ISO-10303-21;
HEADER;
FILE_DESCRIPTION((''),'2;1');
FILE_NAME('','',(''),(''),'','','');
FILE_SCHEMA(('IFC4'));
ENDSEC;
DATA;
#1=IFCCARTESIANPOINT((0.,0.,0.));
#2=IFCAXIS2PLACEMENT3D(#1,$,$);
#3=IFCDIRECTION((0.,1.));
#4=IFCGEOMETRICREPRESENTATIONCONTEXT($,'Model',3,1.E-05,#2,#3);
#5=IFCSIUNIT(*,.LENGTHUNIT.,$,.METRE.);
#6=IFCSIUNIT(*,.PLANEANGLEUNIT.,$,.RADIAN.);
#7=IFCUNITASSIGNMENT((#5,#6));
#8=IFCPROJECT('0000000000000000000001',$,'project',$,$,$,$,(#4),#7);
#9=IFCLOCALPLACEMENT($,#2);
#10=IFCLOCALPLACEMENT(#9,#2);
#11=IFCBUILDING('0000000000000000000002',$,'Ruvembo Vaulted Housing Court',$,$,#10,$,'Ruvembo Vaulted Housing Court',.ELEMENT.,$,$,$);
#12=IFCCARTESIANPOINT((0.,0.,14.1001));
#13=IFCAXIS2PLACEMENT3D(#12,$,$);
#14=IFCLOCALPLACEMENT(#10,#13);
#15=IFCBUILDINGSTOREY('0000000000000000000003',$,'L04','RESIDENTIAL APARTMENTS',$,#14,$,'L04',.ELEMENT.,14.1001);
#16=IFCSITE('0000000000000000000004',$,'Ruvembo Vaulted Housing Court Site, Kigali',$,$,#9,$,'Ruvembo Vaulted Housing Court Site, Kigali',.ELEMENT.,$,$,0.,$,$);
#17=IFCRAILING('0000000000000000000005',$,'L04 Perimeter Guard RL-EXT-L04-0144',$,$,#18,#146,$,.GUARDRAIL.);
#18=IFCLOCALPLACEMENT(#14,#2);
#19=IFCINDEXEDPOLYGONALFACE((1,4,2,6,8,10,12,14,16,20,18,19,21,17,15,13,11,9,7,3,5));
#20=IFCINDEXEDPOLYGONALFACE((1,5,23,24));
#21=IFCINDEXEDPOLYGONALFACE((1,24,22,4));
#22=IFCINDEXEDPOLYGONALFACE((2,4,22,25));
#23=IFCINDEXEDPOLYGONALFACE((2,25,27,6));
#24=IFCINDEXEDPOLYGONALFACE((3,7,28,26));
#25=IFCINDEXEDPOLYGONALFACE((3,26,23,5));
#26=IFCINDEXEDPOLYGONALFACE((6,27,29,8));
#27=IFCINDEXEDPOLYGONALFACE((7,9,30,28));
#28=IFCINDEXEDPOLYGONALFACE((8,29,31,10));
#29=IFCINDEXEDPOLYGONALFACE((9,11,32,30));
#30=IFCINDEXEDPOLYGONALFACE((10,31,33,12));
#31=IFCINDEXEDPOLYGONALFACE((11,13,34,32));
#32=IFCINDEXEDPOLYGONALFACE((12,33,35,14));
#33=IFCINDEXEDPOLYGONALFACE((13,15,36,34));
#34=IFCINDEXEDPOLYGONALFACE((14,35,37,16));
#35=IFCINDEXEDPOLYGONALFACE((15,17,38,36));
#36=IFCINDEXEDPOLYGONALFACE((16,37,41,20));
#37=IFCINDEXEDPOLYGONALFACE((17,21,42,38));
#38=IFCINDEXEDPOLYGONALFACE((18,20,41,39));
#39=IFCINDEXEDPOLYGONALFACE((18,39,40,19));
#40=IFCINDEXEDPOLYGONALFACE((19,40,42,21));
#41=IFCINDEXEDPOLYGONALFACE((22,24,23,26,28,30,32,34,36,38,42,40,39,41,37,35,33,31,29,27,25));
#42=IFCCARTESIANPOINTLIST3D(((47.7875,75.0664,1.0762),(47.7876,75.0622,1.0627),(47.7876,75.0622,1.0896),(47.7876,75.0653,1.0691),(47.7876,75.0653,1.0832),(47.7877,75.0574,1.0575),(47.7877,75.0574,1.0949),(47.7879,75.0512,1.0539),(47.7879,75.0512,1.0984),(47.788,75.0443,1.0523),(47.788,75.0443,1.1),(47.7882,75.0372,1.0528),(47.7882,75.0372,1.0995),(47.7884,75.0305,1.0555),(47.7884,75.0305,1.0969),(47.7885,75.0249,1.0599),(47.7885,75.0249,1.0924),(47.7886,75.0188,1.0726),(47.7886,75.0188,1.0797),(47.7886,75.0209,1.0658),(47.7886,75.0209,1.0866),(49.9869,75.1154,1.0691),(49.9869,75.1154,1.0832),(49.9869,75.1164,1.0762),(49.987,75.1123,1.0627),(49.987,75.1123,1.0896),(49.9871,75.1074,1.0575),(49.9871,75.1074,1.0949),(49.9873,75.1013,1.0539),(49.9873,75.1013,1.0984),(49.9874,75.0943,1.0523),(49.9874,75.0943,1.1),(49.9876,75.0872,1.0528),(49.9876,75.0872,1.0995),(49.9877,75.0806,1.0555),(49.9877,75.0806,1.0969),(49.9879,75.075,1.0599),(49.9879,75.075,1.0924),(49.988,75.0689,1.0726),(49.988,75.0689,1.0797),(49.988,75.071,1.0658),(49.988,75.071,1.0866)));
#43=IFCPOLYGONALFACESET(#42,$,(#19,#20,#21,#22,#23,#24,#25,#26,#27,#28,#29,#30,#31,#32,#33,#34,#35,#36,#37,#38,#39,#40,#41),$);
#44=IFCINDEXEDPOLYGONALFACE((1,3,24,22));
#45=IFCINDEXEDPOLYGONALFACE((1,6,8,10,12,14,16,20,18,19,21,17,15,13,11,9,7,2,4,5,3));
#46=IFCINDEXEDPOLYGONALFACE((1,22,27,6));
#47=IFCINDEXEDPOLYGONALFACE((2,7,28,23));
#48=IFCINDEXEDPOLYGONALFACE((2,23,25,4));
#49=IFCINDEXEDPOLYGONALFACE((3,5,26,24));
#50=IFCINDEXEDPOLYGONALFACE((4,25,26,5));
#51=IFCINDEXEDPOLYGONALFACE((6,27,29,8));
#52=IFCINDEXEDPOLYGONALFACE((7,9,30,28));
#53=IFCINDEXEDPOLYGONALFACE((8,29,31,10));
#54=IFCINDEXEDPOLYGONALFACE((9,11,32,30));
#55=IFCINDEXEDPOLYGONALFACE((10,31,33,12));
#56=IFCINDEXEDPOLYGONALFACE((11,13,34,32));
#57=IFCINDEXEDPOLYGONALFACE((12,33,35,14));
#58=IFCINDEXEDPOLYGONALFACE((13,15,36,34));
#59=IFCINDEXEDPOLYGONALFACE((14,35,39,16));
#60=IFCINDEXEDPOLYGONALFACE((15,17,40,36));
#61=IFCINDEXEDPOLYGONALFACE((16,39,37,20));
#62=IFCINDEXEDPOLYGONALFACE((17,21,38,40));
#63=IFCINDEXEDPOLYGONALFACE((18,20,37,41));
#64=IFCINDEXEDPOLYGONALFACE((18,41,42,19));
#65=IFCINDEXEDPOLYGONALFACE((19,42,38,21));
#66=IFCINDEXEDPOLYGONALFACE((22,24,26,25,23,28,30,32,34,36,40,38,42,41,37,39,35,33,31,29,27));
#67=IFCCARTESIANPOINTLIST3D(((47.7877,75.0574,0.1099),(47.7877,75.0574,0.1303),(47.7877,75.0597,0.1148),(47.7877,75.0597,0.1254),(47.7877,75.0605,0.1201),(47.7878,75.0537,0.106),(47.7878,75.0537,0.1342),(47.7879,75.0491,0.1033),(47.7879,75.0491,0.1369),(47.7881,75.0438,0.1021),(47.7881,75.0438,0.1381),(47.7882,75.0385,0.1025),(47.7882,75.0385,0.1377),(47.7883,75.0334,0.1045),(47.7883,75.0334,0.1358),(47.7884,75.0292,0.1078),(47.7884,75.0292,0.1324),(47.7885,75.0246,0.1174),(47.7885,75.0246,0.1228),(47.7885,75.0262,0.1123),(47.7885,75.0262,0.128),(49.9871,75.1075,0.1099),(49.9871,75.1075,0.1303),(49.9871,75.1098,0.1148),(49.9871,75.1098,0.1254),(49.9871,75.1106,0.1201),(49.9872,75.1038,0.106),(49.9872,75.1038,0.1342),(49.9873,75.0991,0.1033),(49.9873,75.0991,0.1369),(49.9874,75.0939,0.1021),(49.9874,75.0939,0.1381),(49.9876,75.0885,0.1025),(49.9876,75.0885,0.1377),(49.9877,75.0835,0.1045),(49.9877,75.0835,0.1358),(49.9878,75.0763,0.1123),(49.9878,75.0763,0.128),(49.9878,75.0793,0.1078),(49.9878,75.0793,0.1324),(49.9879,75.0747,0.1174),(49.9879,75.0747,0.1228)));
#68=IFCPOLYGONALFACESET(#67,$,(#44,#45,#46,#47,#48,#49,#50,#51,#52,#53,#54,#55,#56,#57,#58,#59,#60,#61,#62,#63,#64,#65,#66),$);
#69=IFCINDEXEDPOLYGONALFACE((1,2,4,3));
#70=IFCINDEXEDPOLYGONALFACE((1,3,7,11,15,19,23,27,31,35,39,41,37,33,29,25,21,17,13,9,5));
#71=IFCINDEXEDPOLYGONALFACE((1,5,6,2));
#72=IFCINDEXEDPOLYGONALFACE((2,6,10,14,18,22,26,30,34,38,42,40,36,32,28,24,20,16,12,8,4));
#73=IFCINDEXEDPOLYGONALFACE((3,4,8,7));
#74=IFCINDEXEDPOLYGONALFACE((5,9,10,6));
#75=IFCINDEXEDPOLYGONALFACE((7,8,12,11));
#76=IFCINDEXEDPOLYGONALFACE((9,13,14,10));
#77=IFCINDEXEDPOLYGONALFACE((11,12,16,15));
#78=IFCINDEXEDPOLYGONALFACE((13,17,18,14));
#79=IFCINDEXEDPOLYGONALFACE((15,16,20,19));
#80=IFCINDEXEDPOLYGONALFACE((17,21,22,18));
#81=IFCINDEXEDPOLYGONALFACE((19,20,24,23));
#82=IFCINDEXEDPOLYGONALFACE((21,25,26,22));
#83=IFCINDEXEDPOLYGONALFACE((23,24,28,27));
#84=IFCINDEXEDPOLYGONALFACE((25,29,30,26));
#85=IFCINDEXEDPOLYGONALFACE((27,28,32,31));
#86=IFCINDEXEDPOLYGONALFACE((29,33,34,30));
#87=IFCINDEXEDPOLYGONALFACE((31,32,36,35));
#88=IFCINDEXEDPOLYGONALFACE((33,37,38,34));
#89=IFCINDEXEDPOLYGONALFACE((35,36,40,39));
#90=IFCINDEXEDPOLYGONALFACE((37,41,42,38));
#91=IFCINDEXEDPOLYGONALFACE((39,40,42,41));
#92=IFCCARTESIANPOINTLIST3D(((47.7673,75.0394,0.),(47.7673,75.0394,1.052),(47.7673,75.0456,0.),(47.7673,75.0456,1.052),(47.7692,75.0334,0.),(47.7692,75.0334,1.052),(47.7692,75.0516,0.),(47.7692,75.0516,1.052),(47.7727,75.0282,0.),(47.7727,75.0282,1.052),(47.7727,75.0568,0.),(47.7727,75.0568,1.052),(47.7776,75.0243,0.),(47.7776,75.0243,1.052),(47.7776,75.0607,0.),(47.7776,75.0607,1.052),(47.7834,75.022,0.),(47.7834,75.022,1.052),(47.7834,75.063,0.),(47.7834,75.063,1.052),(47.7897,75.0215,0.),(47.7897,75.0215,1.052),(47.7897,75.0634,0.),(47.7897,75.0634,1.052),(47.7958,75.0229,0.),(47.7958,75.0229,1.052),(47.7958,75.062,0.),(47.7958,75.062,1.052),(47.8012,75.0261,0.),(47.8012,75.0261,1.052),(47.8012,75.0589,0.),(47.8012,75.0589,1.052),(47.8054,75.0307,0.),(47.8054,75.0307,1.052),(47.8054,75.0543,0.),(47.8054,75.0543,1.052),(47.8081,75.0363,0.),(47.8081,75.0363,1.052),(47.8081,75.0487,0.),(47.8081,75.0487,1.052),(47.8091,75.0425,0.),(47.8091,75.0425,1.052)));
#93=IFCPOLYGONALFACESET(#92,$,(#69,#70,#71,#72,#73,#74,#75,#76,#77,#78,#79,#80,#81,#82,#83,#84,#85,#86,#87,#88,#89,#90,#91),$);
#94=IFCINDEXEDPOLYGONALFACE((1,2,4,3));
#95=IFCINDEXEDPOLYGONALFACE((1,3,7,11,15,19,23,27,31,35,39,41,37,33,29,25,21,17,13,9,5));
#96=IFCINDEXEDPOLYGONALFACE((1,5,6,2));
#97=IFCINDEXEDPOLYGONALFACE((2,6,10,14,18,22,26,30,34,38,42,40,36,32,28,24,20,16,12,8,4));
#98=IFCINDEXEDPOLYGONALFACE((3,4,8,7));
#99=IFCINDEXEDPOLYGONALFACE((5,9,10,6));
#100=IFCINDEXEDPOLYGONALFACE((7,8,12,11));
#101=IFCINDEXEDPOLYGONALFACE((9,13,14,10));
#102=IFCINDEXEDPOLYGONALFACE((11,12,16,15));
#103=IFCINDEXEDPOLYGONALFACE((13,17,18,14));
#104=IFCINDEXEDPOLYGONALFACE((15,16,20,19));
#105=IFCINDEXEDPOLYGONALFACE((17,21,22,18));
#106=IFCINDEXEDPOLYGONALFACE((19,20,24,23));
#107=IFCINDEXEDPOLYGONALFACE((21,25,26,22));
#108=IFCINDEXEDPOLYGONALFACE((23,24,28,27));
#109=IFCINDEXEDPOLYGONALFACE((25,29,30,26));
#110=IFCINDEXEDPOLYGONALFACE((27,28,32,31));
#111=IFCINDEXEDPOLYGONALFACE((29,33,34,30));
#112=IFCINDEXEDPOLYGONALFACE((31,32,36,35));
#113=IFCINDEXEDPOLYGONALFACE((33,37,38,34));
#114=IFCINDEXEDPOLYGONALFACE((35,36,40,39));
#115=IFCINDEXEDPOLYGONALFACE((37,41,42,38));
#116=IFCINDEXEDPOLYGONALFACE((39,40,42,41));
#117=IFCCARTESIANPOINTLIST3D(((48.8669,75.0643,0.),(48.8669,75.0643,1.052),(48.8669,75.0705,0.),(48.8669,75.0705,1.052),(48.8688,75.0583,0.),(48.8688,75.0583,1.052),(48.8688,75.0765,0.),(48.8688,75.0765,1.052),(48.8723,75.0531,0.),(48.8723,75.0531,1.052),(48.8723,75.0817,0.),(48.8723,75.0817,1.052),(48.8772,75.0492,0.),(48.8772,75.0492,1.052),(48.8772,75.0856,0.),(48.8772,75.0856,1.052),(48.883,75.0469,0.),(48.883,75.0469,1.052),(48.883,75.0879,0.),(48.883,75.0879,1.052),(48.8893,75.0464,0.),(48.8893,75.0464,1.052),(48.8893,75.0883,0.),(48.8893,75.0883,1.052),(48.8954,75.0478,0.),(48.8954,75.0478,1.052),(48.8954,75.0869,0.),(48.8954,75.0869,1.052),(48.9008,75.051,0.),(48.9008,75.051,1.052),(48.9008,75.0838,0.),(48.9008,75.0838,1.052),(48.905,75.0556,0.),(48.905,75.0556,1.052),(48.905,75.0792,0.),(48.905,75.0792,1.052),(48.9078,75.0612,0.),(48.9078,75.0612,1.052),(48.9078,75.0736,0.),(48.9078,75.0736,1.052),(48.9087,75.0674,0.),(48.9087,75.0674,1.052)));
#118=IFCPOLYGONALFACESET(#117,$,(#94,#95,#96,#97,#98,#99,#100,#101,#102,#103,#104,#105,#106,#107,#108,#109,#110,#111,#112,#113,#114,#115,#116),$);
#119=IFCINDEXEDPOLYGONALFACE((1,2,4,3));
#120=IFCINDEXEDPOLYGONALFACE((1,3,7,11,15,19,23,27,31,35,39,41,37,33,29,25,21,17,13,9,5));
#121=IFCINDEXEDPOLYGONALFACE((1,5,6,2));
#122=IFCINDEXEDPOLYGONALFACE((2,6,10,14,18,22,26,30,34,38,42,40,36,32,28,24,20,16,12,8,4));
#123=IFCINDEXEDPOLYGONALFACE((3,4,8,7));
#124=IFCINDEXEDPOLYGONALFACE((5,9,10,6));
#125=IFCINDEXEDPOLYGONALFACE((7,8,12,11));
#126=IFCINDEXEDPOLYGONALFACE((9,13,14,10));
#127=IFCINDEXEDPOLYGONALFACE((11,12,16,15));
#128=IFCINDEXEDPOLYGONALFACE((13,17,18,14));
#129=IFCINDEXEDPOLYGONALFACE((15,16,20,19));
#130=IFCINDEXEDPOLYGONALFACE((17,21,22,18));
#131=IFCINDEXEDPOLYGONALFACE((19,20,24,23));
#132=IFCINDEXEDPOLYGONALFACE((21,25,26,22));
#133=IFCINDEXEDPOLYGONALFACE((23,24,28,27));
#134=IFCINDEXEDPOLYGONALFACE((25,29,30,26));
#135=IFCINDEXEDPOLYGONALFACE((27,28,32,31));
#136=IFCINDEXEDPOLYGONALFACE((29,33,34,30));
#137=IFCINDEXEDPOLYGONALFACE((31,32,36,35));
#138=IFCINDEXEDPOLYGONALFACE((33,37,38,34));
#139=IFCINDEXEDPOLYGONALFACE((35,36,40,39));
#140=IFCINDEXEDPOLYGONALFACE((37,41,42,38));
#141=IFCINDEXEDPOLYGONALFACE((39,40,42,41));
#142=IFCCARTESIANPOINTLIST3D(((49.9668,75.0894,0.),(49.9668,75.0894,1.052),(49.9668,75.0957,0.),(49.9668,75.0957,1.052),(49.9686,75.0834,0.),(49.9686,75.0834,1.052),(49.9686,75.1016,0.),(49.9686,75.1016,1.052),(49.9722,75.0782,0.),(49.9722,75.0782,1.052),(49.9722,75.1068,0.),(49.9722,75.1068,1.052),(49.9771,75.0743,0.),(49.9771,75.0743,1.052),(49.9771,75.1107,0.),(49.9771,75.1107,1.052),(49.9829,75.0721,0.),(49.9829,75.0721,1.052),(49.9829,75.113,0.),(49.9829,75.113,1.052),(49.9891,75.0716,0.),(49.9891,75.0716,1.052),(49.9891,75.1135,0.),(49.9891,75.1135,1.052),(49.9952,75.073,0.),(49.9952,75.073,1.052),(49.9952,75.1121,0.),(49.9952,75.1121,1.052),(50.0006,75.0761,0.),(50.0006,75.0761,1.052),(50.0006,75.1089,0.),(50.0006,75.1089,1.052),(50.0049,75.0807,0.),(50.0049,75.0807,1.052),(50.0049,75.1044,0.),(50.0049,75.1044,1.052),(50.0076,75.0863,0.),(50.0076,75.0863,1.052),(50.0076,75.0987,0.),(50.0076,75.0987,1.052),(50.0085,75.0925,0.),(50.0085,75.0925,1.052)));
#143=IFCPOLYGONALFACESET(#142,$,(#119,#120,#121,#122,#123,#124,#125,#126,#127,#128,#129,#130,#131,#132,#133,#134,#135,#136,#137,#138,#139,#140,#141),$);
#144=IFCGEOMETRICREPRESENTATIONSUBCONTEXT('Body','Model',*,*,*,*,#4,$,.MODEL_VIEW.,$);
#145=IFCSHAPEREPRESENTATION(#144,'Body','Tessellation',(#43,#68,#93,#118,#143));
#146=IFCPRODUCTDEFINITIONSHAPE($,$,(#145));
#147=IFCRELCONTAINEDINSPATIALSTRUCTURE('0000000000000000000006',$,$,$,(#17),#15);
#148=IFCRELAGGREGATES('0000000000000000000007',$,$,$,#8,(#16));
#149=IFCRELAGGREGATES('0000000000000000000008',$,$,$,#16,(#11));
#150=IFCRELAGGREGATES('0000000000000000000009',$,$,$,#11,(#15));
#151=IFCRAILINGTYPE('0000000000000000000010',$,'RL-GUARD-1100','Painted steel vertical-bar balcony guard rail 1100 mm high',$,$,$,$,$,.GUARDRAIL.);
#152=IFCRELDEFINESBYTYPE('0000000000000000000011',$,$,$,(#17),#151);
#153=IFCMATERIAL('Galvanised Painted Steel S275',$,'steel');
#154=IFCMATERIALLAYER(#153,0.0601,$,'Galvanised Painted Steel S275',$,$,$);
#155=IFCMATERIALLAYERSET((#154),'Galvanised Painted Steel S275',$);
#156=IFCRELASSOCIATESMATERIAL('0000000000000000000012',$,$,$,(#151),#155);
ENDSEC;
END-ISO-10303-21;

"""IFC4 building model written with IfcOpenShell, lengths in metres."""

from ifc_helpers import new_model, si_unit, direction, frame, origin, origin_2d, place, context, subcontext, project, spatial, circle, extrude, material, layer, layer_set, type_object, element, save


model = new_model("IFC4")

# Units and contexts
model_context = context("Model", 3, precision=1e-05, world=origin(), true_north=direction((0.0, 1.0)))
body_context = subcontext(model_context, "Body", "Model", "MODEL_VIEW")
ifc_project = project(units=[si_unit("LENGTHUNIT", "METRE"), si_unit("PLANEANGLEUNIT", "RADIAN")], contexts=[model_context])

# Site, building, storey
site_placement = place(None, origin())
site = spatial("IfcSite", under=ifc_project, at=site_placement, Name="Ruvembo Vaulted Housing Court Site, Kigali", LongName="Ruvembo Vaulted Housing Court Site, Kigali", CompositionType="ELEMENT", RefElevation=0.0)
building_placement = place(site_placement, origin())
building = spatial("IfcBuilding", under=site, at=building_placement, Name="Ruvembo Vaulted Housing Court", LongName="Ruvembo Vaulted Housing Court", CompositionType="ELEMENT")
storey_placement = place(building_placement, frame((0.0, 0.0, 14.1001)))
storey = spatial("IfcBuildingStorey", under=building, at=storey_placement, Name="L04", Description="RESIDENTIAL APARTMENTS", LongName="L04", CompositionType="ELEMENT", Elevation=14.1001)

# Railing
ifc_material_1 = material(Name="Galvanised Painted Steel S275", Category="steel")
ifc_layer_1 = layer(ifc_material_1, 0.0601, Name="Galvanised Painted Steel S275")
ifc_layer_set_1 = layer_set([ifc_layer_1], Name="Galvanised Painted Steel S275")
railing_type = type_object("IfcRailingType", Name="RL-GUARD-1100", Description="Painted steel vertical-bar balcony guard rail 1100 mm high", PredefinedType="GUARDRAIL", material=ifc_layer_set_1)
railing_placement = place(storey_placement, frame((47.7881, 75.0425, 0.0)))
element("IfcRailing", 1, at=railing_placement, inside=storey, type_object=railing_type, Name="L04 Perimeter Guard RL-EXT-L04-0144", PredefinedType="GUARDRAIL", context=body_context, shape_type="SweptSolid", body=[
    extrude(circle(Radius=0.0239, at=origin_2d()), frame((0.0, 0.0, 1.0762), z_axis=(0.999741, 0.022749, 0.0), x_axis=(-0.022749, 0.999741, 0.0)), (0.0, 0.0, 1.0), 2.2),
    extrude(circle(Radius=0.0181, at=origin_2d()), frame((0.0, 0.0, 0.1201), z_axis=(0.999741, 0.022749, 0.0), x_axis=(-0.022749, 0.999741, 0.0)), (0.0, 0.0, 1.0), 2.2),
    extrude(circle(Radius=0.021, at=origin_2d()), origin(), (0.0, 0.0, 1.0), 1.052),
    extrude(circle(Radius=0.021, at=origin_2d()), frame((1.0996, 0.0249, 0.0)), (0.0, 0.0, 1.0), 1.052),
    extrude(circle(Radius=0.021, at=origin_2d()), frame((2.1995, 0.05, 0.0)), (0.0, 0.0, 1.0), 1.052),
])

save(model, "model.ifc")
